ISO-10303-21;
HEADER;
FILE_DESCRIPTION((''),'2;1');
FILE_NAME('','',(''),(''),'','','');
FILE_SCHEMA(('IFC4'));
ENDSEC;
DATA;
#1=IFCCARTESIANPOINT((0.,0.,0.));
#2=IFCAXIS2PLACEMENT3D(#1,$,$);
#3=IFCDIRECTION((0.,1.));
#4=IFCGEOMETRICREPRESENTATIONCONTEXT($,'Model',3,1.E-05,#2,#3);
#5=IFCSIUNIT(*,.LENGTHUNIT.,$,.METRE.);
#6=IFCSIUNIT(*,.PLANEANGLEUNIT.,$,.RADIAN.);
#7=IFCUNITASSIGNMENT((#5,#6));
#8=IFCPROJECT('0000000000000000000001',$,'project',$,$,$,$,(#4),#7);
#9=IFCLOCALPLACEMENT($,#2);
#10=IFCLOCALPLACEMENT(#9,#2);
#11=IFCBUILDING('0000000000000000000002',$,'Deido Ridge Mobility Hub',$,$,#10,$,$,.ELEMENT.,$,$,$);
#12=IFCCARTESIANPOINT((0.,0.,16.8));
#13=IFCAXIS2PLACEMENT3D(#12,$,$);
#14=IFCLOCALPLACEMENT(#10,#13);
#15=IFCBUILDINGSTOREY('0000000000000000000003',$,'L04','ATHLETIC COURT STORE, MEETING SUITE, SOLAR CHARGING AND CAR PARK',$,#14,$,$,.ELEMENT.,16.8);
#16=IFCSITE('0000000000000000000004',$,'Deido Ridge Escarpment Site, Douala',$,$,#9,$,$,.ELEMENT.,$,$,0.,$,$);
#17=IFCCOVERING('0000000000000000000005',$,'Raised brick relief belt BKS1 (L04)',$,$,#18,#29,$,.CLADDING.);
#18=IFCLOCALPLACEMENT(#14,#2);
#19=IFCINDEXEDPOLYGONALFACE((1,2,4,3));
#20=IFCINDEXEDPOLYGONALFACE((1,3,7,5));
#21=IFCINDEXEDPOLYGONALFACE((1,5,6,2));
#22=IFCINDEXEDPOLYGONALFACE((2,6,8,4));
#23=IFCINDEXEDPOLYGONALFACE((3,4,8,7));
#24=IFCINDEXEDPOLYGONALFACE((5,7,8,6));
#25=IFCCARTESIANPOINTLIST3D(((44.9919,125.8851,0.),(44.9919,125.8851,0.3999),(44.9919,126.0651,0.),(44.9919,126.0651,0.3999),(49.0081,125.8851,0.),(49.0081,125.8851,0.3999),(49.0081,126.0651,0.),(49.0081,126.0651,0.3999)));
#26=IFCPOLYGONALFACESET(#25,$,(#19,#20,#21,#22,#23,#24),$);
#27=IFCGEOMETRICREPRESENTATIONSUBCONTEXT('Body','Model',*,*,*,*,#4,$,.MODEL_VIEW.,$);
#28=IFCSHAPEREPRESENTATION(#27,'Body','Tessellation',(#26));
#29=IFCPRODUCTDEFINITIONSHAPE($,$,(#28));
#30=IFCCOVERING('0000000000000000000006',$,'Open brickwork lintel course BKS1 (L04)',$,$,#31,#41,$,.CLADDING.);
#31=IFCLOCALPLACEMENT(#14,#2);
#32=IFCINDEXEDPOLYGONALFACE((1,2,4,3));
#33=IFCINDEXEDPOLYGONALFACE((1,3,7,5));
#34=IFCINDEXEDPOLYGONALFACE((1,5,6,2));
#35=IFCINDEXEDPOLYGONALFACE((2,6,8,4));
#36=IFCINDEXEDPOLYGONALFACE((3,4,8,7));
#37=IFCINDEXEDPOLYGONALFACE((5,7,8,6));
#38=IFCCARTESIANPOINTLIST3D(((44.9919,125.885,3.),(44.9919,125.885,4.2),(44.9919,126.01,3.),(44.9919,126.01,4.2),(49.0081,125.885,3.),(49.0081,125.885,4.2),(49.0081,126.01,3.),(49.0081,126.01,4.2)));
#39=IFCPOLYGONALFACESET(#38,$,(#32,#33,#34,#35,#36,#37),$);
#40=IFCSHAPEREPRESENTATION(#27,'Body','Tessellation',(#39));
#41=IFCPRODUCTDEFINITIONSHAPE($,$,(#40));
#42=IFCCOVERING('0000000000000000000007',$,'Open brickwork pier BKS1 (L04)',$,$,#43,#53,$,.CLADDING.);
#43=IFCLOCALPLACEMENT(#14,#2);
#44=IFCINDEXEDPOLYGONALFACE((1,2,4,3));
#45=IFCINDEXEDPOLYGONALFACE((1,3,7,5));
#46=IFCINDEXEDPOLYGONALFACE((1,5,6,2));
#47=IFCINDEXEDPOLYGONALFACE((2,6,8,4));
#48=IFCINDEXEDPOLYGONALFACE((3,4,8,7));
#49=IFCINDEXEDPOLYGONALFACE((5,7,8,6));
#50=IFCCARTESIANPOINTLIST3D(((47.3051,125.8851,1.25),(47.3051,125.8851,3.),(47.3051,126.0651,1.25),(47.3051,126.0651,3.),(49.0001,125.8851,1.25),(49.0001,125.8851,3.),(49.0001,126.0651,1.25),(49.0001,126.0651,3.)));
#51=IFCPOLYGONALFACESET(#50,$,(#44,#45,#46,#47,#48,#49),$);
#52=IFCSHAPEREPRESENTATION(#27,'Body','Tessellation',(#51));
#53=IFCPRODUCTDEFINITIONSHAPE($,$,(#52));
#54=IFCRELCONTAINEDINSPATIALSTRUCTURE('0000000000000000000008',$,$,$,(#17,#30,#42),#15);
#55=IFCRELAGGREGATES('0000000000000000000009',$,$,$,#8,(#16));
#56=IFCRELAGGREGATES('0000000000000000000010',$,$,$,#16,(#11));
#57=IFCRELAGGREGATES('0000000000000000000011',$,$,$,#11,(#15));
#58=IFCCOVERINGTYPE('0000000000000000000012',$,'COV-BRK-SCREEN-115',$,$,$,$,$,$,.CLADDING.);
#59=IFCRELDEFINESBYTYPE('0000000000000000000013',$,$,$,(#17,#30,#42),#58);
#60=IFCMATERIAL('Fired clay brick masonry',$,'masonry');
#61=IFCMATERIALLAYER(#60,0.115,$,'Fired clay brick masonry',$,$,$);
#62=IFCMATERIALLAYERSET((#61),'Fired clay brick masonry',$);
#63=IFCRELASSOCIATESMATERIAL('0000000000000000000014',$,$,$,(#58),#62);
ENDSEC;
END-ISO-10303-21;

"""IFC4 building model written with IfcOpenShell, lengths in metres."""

from ifc_helpers import new_model, si_unit, direction, frame, origin, origin_2d, place, context, subcontext, project, spatial, rectangle, extrude, material, layer, layer_set, type_object, element, save


model = new_model("IFC4")

# Units and contexts
model_context = context("Model", 3, precision=1e-05, world=origin(), true_north=direction((0.0, 1.0)))
body_context = subcontext(model_context, "Body", "Model", "MODEL_VIEW")
ifc_project = project(units=[si_unit("LENGTHUNIT", "METRE"), si_unit("PLANEANGLEUNIT", "RADIAN")], contexts=[model_context])

# Site, building, storey
site_placement = place(None, origin())
site = spatial("IfcSite", under=ifc_project, at=site_placement, Name="Deido Ridge Escarpment Site, Douala", CompositionType="ELEMENT", RefElevation=0.0)
building_placement = place(site_placement, origin())
building = spatial("IfcBuilding", under=site, at=building_placement, Name="Deido Ridge Mobility Hub", CompositionType="ELEMENT")
storey_placement = place(building_placement, frame((0.0, 0.0, 16.8)))
storey = spatial("IfcBuildingStorey", under=building, at=storey_placement, Name="L04", Description="ATHLETIC COURT STORE, MEETING SUITE, SOLAR CHARGING AND CAR PARK", CompositionType="ELEMENT", Elevation=16.8)

# Coverings
ifc_material_1 = material(Name="Fired clay brick masonry", Category="masonry")
ifc_layer = layer(ifc_material_1, 0.115, Name="Fired clay brick masonry")
ifc_layer_set = layer_set([ifc_layer], Name="Fired clay brick masonry")
covering_type = type_object("IfcCoveringType", Name="COV-BRK-SCREEN-115", PredefinedType="CLADDING", material=ifc_layer_set)
covering_1_placement = place(storey_placement, frame((47.0, 125.9751, 0.0), z_axis=(0.0, 0.0, 1.0), x_axis=(-1.0, 0.0, 0.0)))
element("IfcCovering", 1, at=covering_1_placement, inside=storey, type_object=covering_type, Name="Raised brick relief belt BKS1 (L04)", PredefinedType="CLADDING", context=body_context, shape_type="SweptSolid", body=[
    extrude(rectangle(XDim=4.0161, YDim=0.1799, at=origin_2d()), origin(), (0.0, 0.0, 1.0), 0.3999),
])
covering_2_placement = place(storey_placement, frame((47.0, 125.9475, 3.0), z_axis=(0.0, 0.0, 1.0), x_axis=(-1.0, 0.0, 0.0)))
element("IfcCovering", 2, at=covering_2_placement, inside=storey, type_object=covering_type, Name="Open brickwork lintel course BKS1 (L04)", PredefinedType="CLADDING", context=body_context, shape_type="SweptSolid", body=[
    extrude(rectangle(XDim=4.0161, YDim=0.125, at=origin_2d()), origin(), (0.0, 0.0, 1.0), 1.2),
])
covering_3_placement = place(storey_placement, frame((48.1526, 125.9751, 1.25), z_axis=(0.0, 0.0, 1.0), x_axis=(-1.0, 0.0, 0.0)))
element("IfcCovering", 3, at=covering_3_placement, inside=storey, type_object=covering_type, Name="Open brickwork pier BKS1 (L04)", PredefinedType="CLADDING", context=body_context, shape_type="SweptSolid", body=[
    extrude(rectangle(XDim=1.6951, YDim=0.1799, at=origin_2d()), origin(), (0.0, 0.0, 1.0), 1.75),
])

save(model, "model.ifc")
